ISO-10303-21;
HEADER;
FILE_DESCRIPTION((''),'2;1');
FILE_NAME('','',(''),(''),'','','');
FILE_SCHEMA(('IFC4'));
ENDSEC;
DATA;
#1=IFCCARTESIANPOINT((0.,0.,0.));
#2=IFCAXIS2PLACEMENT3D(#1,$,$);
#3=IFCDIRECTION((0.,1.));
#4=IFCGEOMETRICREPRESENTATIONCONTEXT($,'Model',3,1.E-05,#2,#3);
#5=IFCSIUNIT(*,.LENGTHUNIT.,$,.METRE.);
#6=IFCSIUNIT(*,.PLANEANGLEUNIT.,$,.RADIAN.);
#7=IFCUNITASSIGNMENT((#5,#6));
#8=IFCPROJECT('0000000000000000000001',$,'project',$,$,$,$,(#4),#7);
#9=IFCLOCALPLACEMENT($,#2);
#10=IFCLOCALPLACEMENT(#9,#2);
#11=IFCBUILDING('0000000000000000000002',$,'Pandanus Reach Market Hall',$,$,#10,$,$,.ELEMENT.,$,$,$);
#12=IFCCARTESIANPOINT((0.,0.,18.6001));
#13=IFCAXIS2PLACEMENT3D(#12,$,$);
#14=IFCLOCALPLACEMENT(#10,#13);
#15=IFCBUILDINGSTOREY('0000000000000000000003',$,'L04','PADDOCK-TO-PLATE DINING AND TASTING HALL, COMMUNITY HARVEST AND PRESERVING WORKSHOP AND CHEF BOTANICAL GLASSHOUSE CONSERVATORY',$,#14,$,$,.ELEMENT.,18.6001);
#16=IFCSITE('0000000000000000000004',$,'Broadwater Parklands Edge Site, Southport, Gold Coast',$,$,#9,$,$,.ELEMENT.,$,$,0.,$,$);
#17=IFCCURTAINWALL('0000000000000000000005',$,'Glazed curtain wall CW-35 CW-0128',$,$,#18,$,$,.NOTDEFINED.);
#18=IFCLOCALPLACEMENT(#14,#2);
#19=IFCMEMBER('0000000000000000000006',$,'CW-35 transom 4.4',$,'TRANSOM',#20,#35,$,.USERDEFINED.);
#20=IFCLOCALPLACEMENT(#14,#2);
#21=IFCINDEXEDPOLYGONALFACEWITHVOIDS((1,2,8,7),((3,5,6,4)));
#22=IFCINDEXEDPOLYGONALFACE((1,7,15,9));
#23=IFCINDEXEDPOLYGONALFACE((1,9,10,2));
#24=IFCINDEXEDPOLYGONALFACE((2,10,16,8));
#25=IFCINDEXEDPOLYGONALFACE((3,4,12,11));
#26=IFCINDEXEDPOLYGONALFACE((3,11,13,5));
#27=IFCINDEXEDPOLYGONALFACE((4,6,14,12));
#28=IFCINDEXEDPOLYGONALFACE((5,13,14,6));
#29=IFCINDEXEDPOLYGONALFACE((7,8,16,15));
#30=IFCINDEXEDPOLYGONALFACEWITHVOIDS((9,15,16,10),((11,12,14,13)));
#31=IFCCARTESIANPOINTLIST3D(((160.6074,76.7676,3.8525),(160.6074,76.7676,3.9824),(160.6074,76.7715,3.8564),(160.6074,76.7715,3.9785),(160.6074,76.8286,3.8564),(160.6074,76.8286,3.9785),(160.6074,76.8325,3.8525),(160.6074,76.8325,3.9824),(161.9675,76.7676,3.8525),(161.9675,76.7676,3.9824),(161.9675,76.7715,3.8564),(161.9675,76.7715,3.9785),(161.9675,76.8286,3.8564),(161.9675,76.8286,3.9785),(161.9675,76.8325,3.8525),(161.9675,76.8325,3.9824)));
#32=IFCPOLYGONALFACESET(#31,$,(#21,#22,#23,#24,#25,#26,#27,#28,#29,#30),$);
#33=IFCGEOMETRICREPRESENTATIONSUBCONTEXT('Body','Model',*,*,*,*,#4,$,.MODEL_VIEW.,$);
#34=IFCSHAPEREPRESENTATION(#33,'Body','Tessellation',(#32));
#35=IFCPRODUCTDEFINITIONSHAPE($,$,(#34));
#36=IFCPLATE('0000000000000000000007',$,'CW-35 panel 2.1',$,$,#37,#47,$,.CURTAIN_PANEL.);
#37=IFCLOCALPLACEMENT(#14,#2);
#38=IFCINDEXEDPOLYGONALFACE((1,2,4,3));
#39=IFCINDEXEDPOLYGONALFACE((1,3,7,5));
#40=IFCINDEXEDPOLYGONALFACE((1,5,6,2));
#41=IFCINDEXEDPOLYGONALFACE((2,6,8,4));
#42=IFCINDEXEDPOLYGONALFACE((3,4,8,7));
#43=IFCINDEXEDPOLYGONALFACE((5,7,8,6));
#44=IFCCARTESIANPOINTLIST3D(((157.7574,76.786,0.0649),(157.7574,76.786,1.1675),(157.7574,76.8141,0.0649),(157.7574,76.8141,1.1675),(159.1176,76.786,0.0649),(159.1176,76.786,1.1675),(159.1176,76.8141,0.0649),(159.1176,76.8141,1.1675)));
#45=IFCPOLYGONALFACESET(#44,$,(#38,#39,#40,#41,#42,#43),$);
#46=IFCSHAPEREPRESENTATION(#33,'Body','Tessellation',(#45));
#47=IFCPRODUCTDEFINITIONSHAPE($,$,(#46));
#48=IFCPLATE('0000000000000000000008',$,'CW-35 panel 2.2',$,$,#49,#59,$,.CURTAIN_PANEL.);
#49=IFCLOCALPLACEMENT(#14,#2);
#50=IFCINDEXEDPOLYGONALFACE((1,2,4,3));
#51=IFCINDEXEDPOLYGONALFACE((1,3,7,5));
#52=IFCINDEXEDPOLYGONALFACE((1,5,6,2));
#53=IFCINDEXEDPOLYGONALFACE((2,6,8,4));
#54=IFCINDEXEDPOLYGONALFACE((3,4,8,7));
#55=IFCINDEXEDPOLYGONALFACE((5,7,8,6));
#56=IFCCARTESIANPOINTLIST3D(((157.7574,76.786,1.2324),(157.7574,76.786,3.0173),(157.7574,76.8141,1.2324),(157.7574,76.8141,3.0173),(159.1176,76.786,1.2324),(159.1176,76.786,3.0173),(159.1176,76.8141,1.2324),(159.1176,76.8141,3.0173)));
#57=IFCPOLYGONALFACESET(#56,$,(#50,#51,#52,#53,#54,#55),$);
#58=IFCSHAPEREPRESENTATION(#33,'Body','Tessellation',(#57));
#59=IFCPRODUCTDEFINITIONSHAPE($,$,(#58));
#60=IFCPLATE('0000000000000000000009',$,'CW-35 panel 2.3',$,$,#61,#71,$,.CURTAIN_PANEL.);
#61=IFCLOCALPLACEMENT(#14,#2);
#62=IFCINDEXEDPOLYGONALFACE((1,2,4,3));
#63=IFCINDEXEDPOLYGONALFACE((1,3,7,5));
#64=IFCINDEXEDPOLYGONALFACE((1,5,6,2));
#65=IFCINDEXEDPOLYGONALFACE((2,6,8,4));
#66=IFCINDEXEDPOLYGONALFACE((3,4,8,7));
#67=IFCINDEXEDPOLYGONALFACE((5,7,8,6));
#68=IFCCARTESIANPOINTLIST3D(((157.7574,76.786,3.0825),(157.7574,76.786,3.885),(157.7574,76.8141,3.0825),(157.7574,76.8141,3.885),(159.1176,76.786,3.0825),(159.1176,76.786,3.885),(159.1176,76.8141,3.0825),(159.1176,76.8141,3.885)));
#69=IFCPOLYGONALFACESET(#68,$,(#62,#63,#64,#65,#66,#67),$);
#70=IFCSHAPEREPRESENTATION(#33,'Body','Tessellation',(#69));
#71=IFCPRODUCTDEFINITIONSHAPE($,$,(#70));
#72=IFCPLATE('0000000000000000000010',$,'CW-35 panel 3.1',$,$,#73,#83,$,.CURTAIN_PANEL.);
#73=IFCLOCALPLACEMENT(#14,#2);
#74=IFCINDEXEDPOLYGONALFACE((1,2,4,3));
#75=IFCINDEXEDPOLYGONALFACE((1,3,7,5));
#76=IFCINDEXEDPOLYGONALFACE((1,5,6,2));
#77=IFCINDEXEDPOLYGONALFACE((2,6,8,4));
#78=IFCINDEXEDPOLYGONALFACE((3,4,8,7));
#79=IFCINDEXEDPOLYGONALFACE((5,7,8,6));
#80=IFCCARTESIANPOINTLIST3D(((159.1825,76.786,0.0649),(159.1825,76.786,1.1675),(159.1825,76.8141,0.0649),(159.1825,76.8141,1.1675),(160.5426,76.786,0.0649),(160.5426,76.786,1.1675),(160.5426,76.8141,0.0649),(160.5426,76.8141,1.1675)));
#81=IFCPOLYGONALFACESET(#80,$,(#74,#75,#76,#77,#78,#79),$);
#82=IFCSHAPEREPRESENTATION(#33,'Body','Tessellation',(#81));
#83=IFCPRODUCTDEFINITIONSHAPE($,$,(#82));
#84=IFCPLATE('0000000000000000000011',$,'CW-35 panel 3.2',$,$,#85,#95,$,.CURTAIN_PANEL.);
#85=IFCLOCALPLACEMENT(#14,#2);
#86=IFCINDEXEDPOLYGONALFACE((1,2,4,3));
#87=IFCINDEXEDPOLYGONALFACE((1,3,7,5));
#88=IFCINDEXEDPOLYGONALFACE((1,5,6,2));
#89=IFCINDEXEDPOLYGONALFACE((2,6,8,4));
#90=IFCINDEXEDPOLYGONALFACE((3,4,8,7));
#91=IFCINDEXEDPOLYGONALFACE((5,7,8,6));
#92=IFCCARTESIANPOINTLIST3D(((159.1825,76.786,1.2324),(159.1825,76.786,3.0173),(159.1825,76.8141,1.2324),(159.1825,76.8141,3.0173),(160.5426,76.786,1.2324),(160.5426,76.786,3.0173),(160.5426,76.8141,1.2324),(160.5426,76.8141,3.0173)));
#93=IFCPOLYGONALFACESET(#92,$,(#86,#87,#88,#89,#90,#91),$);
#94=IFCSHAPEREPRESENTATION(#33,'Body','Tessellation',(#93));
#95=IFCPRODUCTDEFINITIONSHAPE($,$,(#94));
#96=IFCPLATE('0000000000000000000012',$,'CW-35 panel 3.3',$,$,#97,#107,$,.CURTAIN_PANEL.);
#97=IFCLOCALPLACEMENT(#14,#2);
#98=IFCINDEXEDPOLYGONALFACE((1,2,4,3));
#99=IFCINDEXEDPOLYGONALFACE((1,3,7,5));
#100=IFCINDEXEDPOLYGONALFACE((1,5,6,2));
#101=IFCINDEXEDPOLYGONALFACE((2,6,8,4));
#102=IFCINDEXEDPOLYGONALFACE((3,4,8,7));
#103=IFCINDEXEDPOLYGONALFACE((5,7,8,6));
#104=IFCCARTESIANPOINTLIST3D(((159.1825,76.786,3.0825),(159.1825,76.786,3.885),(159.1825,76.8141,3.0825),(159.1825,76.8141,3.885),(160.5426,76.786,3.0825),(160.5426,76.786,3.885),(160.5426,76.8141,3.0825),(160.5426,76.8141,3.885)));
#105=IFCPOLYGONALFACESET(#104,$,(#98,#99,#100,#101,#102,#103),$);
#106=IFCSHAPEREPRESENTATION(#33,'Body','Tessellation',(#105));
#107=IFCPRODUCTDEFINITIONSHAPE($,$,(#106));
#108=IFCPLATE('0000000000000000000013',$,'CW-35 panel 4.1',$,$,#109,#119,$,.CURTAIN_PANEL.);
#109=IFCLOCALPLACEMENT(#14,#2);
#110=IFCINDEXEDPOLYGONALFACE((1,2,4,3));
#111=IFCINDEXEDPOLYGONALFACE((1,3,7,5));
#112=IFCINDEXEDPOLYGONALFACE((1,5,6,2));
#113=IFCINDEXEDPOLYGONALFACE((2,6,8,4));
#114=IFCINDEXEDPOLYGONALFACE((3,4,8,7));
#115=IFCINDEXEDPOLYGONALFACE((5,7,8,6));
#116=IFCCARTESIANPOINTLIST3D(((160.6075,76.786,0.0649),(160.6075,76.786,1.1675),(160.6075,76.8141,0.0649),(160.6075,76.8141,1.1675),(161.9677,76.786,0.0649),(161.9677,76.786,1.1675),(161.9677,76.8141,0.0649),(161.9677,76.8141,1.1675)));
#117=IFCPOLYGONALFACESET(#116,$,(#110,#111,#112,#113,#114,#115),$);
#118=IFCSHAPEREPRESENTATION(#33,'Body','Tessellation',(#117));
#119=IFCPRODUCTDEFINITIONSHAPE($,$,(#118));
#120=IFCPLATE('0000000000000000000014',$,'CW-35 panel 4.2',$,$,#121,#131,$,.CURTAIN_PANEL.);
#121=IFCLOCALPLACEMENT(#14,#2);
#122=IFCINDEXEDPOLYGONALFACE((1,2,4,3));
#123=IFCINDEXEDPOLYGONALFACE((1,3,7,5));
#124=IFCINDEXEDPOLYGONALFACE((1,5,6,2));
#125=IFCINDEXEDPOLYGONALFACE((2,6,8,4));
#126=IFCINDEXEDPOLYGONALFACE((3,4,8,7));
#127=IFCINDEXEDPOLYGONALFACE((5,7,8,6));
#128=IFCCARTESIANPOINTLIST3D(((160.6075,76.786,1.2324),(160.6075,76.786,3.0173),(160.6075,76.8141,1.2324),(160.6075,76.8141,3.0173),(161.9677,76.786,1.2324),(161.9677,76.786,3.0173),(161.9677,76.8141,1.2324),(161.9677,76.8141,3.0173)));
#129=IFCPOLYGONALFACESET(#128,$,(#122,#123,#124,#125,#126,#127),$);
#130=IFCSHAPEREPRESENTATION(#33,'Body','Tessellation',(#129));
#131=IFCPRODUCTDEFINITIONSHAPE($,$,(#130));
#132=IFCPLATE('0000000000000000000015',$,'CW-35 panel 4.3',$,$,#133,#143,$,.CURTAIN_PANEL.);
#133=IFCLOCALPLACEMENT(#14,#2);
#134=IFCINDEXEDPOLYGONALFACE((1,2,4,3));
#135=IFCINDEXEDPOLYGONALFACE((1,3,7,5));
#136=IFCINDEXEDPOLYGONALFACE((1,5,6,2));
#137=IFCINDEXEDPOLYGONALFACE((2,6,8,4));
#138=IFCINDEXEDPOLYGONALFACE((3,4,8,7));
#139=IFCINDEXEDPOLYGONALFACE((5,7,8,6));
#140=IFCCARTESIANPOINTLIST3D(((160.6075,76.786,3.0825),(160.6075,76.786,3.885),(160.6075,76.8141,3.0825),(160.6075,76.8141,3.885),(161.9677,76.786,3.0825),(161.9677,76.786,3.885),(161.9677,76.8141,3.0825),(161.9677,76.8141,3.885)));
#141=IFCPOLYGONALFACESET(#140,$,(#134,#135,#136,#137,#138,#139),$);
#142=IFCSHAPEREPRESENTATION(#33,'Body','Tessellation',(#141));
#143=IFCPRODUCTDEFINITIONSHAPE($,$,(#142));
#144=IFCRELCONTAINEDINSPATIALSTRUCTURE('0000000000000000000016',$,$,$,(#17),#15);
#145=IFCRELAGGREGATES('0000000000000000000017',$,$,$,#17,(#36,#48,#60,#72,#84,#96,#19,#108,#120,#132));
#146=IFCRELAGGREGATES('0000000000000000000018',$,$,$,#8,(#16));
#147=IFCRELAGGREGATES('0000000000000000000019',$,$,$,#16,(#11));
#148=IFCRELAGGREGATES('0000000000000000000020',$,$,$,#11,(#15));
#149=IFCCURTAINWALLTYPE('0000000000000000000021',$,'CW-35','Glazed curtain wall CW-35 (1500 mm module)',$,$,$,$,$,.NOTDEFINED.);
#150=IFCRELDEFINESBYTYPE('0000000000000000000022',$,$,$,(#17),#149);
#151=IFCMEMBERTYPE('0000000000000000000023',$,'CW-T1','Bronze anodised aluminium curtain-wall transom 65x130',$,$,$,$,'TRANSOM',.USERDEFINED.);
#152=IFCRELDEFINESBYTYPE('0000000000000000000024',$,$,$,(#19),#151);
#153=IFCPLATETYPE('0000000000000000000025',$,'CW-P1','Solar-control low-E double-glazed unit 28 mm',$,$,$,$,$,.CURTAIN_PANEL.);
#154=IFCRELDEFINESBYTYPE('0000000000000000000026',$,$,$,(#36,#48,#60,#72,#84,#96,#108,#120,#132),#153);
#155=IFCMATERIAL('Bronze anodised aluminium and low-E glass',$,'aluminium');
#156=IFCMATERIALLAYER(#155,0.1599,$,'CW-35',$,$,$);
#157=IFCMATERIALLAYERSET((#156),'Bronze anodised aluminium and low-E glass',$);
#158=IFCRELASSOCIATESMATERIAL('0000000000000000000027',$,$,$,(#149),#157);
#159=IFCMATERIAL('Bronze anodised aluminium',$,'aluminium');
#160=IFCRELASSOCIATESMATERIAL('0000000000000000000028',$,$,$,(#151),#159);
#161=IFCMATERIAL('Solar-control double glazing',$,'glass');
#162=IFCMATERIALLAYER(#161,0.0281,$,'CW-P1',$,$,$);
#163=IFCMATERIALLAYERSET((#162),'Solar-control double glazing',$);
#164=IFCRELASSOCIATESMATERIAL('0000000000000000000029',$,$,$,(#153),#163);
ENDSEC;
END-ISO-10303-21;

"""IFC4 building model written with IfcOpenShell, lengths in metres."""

from ifc_helpers import new_model, si_unit, direction, frame, origin, origin_2d, place, context, subcontext, project, spatial, rectangle, hollow_rectangle, extrude, material, layer, layer_set, material_profile, profile_set, type_object, element, aggregate, save


model = new_model("IFC4")

# Units and contexts
model_context = context("Model", 3, precision=1e-05, world=origin(), true_north=direction((0.0, 1.0)))
body_context = subcontext(model_context, "Body", "Model", "MODEL_VIEW")
ifc_project = project(units=[si_unit("LENGTHUNIT", "METRE"), si_unit("PLANEANGLEUNIT", "RADIAN")], contexts=[model_context])

# Site, building, storey
site_placement = place(None, origin())
site = spatial("IfcSite", under=ifc_project, at=site_placement, Name="Broadwater Parklands Edge Site, Southport, Gold Coast", CompositionType="ELEMENT", RefElevation=0.0)
building_placement = place(site_placement, origin())
building = spatial("IfcBuilding", under=site, at=building_placement, Name="Pandanus Reach Market Hall", CompositionType="ELEMENT")
storey_placement = place(building_placement, frame((0.0, 0.0, 18.6001)))
storey = spatial("IfcBuildingStorey", under=building, at=storey_placement, Name="L04", Description="PADDOCK-TO-PLATE DINING AND TASTING HALL, COMMUNITY HARVEST AND PRESERVING WORKSHOP AND CHEF BOTANICAL GLASSHOUSE CONSERVATORY", CompositionType="ELEMENT", Elevation=18.6001)

# Curtain wall, member, plates
ifc_material_1 = material(Name="Bronze anodised aluminium and low-E glass", Category="aluminium")
ifc_layer_1 = layer(ifc_material_1, 0.1599, Name="CW-35")
ifc_layer_set_1 = layer_set([ifc_layer_1], Name="Bronze anodised aluminium and low-E glass")
curtain_wall_type = type_object("IfcCurtainWallType", Name="CW-35", Description="Glazed curtain wall CW-35 (1500 mm module)", PredefinedType="NOTDEFINED", material=ifc_layer_set_1)
curtain_wall_placement = place(storey_placement, origin())
curtain_wall = element("IfcCurtainWall", 1, at=curtain_wall_placement, inside=storey, type_object=curtain_wall_type, Name="Glazed curtain wall CW-35 CW-0128", PredefinedType="NOTDEFINED")
ifc_material_2 = material(Name="Bronze anodised aluminium", Category="aluminium")
ifc_material_profile_1 = material_profile(ifc_material_2, hollow_rectangle(XDim=0.0649, YDim=0.1299, WallThickness=0.0039, at=origin_2d()), Name="ALU65x130", Category="LoadBearing")
ifc_profile_set_1 = profile_set([ifc_material_profile_1], Name="Bronze anodised aluminium")
member_type_1 = type_object("IfcMemberType", Name="CW-T1", Description="Bronze anodised aluminium curtain-wall transom 65x130", ElementType="TRANSOM", PredefinedType="USERDEFINED", material=ifc_profile_set_1)
member_1_placement = place(storey_placement, frame((160.6074, 76.8, 3.9175), z_axis=(1.0, 0.0, 0.0), x_axis=(0.0, 1.0, 0.0)))
member_1 = element("IfcMember", 2, at=member_1_placement, type_object=member_type_1, Name="CW-35 transom 4.4", ObjectType="TRANSOM", PredefinedType="USERDEFINED", context=body_context, shape_type="SweptSolid", body=[
    extrude(hollow_rectangle(XDim=0.0649, YDim=0.1299, WallThickness=0.0039, at=origin_2d()), origin(), (0.0, 0.0, 1.0), 1.3601),
])
ifc_material_3 = material(Name="Solar-control double glazing", Category="glass")
ifc_layer_2 = layer(ifc_material_3, 0.0281, Name="CW-P1")
ifc_layer_set_2 = layer_set([ifc_layer_2], Name="Solar-control double glazing")
plate_type = type_object("IfcPlateType", Name="CW-P1", Description="Solar-control low-E double-glazed unit 28 mm", PredefinedType="CURTAIN_PANEL", material=ifc_layer_set_2)
plate_1_placement = place(storey_placement, frame((158.4375, 76.8, 0.0649), z_axis=(0.0, 0.0, 1.0), x_axis=(1.0, 0.0, 0.0)))
plate_1 = element("IfcPlate", 3, at=plate_1_placement, type_object=plate_type, Name="CW-35 panel 2.1", PredefinedType="CURTAIN_PANEL", context=body_context, shape_type="SweptSolid", body=[
    extrude(rectangle(XDim=1.3601, YDim=0.0281, at=origin_2d()), origin(), (0.0, 0.0, 1.0), 1.1025),
])
plate_2_placement = place(storey_placement, frame((158.4375, 76.8, 1.2324), z_axis=(0.0, 0.0, 1.0), x_axis=(1.0, 0.0, 0.0)))
plate_2 = element("IfcPlate", 4, at=plate_2_placement, type_object=plate_type, Name="CW-35 panel 2.2", PredefinedType="CURTAIN_PANEL", context=body_context, shape_type="SweptSolid", body=[
    extrude(rectangle(XDim=1.3601, YDim=0.0281, at=origin_2d()), origin(), (0.0, 0.0, 1.0), 1.7849),
])
plate_3_placement = place(storey_placement, frame((158.4375, 76.8, 3.0825), z_axis=(0.0, 0.0, 1.0), x_axis=(1.0, 0.0, 0.0)))
plate_3 = element("IfcPlate", 5, at=plate_3_placement, type_object=plate_type, Name="CW-35 panel 2.3", PredefinedType="CURTAIN_PANEL", context=body_context, shape_type="SweptSolid", body=[
    extrude(rectangle(XDim=1.3601, YDim=0.0281, at=origin_2d()), origin(), (0.0, 0.0, 1.0), 0.8025),
])
plate_4_placement = place(storey_placement, frame((159.8625, 76.8, 0.0649), z_axis=(0.0, 0.0, 1.0), x_axis=(1.0, 0.0, 0.0)))
plate_4 = element("IfcPlate", 6, at=plate_4_placement, type_object=plate_type, Name="CW-35 panel 3.1", PredefinedType="CURTAIN_PANEL", context=body_context, shape_type="SweptSolid", body=[
    extrude(rectangle(XDim=1.3601, YDim=0.0281, at=origin_2d()), origin(), (0.0, 0.0, 1.0), 1.1025),
])
plate_5_placement = place(storey_placement, frame((159.8625, 76.8, 1.2324), z_axis=(0.0, 0.0, 1.0), x_axis=(1.0, 0.0, 0.0)))
plate_5 = element("IfcPlate", 7, at=plate_5_placement, type_object=plate_type, Name="CW-35 panel 3.2", PredefinedType="CURTAIN_PANEL", context=body_context, shape_type="SweptSolid", body=[
    extrude(rectangle(XDim=1.3601, YDim=0.0281, at=origin_2d()), origin(), (0.0, 0.0, 1.0), 1.7849),
])
plate_6_placement = place(storey_placement, frame((159.8625, 76.8, 3.0825), z_axis=(0.0, 0.0, 1.0), x_axis=(1.0, 0.0, 0.0)))
plate_6 = element("IfcPlate", 8, at=plate_6_placement, type_object=plate_type, Name="CW-35 panel 3.3", PredefinedType="CURTAIN_PANEL", context=body_context, shape_type="SweptSolid", body=[
    extrude(rectangle(XDim=1.3601, YDim=0.0281, at=origin_2d()), origin(), (0.0, 0.0, 1.0), 0.8025),
])
plate_7_placement = place(storey_placement, frame((161.2876, 76.8, 0.0649), z_axis=(0.0, 0.0, 1.0), x_axis=(1.0, 0.0, 0.0)))
plate_7 = element("IfcPlate", 9, at=plate_7_placement, type_object=plate_type, Name="CW-35 panel 4.1", PredefinedType="CURTAIN_PANEL", context=body_context, shape_type="SweptSolid", body=[
    extrude(rectangle(XDim=1.3601, YDim=0.0281, at=origin_2d()), origin(), (0.0, 0.0, 1.0), 1.1025),
])
plate_8_placement = place(storey_placement, frame((161.2876, 76.8, 1.2324), z_axis=(0.0, 0.0, 1.0), x_axis=(1.0, 0.0, 0.0)))
plate_8 = element("IfcPlate", 10, at=plate_8_placement, type_object=plate_type, Name="CW-35 panel 4.2", PredefinedType="CURTAIN_PANEL", context=body_context, shape_type="SweptSolid", body=[
    extrude(rectangle(XDim=1.3601, YDim=0.0281, at=origin_2d()), origin(), (0.0, 0.0, 1.0), 1.7849),
])
plate_9_placement = place(storey_placement, frame((161.2876, 76.8, 3.0825), z_axis=(0.0, 0.0, 1.0), x_axis=(1.0, 0.0, 0.0)))
plate_9 = element("IfcPlate", 11, at=plate_9_placement, type_object=plate_type, Name="CW-35 panel 4.3", PredefinedType="CURTAIN_PANEL", context=body_context, shape_type="SweptSolid", body=[
    extrude(rectangle(XDim=1.3601, YDim=0.0281, at=origin_2d()), origin(), (0.0, 0.0, 1.0), 0.8025),
])
aggregate(curtain_wall, [plate_1, plate_2, plate_3, plate_4, plate_5, plate_6, member_1, plate_7, plate_8, plate_9])

save(model, "model.ifc")
